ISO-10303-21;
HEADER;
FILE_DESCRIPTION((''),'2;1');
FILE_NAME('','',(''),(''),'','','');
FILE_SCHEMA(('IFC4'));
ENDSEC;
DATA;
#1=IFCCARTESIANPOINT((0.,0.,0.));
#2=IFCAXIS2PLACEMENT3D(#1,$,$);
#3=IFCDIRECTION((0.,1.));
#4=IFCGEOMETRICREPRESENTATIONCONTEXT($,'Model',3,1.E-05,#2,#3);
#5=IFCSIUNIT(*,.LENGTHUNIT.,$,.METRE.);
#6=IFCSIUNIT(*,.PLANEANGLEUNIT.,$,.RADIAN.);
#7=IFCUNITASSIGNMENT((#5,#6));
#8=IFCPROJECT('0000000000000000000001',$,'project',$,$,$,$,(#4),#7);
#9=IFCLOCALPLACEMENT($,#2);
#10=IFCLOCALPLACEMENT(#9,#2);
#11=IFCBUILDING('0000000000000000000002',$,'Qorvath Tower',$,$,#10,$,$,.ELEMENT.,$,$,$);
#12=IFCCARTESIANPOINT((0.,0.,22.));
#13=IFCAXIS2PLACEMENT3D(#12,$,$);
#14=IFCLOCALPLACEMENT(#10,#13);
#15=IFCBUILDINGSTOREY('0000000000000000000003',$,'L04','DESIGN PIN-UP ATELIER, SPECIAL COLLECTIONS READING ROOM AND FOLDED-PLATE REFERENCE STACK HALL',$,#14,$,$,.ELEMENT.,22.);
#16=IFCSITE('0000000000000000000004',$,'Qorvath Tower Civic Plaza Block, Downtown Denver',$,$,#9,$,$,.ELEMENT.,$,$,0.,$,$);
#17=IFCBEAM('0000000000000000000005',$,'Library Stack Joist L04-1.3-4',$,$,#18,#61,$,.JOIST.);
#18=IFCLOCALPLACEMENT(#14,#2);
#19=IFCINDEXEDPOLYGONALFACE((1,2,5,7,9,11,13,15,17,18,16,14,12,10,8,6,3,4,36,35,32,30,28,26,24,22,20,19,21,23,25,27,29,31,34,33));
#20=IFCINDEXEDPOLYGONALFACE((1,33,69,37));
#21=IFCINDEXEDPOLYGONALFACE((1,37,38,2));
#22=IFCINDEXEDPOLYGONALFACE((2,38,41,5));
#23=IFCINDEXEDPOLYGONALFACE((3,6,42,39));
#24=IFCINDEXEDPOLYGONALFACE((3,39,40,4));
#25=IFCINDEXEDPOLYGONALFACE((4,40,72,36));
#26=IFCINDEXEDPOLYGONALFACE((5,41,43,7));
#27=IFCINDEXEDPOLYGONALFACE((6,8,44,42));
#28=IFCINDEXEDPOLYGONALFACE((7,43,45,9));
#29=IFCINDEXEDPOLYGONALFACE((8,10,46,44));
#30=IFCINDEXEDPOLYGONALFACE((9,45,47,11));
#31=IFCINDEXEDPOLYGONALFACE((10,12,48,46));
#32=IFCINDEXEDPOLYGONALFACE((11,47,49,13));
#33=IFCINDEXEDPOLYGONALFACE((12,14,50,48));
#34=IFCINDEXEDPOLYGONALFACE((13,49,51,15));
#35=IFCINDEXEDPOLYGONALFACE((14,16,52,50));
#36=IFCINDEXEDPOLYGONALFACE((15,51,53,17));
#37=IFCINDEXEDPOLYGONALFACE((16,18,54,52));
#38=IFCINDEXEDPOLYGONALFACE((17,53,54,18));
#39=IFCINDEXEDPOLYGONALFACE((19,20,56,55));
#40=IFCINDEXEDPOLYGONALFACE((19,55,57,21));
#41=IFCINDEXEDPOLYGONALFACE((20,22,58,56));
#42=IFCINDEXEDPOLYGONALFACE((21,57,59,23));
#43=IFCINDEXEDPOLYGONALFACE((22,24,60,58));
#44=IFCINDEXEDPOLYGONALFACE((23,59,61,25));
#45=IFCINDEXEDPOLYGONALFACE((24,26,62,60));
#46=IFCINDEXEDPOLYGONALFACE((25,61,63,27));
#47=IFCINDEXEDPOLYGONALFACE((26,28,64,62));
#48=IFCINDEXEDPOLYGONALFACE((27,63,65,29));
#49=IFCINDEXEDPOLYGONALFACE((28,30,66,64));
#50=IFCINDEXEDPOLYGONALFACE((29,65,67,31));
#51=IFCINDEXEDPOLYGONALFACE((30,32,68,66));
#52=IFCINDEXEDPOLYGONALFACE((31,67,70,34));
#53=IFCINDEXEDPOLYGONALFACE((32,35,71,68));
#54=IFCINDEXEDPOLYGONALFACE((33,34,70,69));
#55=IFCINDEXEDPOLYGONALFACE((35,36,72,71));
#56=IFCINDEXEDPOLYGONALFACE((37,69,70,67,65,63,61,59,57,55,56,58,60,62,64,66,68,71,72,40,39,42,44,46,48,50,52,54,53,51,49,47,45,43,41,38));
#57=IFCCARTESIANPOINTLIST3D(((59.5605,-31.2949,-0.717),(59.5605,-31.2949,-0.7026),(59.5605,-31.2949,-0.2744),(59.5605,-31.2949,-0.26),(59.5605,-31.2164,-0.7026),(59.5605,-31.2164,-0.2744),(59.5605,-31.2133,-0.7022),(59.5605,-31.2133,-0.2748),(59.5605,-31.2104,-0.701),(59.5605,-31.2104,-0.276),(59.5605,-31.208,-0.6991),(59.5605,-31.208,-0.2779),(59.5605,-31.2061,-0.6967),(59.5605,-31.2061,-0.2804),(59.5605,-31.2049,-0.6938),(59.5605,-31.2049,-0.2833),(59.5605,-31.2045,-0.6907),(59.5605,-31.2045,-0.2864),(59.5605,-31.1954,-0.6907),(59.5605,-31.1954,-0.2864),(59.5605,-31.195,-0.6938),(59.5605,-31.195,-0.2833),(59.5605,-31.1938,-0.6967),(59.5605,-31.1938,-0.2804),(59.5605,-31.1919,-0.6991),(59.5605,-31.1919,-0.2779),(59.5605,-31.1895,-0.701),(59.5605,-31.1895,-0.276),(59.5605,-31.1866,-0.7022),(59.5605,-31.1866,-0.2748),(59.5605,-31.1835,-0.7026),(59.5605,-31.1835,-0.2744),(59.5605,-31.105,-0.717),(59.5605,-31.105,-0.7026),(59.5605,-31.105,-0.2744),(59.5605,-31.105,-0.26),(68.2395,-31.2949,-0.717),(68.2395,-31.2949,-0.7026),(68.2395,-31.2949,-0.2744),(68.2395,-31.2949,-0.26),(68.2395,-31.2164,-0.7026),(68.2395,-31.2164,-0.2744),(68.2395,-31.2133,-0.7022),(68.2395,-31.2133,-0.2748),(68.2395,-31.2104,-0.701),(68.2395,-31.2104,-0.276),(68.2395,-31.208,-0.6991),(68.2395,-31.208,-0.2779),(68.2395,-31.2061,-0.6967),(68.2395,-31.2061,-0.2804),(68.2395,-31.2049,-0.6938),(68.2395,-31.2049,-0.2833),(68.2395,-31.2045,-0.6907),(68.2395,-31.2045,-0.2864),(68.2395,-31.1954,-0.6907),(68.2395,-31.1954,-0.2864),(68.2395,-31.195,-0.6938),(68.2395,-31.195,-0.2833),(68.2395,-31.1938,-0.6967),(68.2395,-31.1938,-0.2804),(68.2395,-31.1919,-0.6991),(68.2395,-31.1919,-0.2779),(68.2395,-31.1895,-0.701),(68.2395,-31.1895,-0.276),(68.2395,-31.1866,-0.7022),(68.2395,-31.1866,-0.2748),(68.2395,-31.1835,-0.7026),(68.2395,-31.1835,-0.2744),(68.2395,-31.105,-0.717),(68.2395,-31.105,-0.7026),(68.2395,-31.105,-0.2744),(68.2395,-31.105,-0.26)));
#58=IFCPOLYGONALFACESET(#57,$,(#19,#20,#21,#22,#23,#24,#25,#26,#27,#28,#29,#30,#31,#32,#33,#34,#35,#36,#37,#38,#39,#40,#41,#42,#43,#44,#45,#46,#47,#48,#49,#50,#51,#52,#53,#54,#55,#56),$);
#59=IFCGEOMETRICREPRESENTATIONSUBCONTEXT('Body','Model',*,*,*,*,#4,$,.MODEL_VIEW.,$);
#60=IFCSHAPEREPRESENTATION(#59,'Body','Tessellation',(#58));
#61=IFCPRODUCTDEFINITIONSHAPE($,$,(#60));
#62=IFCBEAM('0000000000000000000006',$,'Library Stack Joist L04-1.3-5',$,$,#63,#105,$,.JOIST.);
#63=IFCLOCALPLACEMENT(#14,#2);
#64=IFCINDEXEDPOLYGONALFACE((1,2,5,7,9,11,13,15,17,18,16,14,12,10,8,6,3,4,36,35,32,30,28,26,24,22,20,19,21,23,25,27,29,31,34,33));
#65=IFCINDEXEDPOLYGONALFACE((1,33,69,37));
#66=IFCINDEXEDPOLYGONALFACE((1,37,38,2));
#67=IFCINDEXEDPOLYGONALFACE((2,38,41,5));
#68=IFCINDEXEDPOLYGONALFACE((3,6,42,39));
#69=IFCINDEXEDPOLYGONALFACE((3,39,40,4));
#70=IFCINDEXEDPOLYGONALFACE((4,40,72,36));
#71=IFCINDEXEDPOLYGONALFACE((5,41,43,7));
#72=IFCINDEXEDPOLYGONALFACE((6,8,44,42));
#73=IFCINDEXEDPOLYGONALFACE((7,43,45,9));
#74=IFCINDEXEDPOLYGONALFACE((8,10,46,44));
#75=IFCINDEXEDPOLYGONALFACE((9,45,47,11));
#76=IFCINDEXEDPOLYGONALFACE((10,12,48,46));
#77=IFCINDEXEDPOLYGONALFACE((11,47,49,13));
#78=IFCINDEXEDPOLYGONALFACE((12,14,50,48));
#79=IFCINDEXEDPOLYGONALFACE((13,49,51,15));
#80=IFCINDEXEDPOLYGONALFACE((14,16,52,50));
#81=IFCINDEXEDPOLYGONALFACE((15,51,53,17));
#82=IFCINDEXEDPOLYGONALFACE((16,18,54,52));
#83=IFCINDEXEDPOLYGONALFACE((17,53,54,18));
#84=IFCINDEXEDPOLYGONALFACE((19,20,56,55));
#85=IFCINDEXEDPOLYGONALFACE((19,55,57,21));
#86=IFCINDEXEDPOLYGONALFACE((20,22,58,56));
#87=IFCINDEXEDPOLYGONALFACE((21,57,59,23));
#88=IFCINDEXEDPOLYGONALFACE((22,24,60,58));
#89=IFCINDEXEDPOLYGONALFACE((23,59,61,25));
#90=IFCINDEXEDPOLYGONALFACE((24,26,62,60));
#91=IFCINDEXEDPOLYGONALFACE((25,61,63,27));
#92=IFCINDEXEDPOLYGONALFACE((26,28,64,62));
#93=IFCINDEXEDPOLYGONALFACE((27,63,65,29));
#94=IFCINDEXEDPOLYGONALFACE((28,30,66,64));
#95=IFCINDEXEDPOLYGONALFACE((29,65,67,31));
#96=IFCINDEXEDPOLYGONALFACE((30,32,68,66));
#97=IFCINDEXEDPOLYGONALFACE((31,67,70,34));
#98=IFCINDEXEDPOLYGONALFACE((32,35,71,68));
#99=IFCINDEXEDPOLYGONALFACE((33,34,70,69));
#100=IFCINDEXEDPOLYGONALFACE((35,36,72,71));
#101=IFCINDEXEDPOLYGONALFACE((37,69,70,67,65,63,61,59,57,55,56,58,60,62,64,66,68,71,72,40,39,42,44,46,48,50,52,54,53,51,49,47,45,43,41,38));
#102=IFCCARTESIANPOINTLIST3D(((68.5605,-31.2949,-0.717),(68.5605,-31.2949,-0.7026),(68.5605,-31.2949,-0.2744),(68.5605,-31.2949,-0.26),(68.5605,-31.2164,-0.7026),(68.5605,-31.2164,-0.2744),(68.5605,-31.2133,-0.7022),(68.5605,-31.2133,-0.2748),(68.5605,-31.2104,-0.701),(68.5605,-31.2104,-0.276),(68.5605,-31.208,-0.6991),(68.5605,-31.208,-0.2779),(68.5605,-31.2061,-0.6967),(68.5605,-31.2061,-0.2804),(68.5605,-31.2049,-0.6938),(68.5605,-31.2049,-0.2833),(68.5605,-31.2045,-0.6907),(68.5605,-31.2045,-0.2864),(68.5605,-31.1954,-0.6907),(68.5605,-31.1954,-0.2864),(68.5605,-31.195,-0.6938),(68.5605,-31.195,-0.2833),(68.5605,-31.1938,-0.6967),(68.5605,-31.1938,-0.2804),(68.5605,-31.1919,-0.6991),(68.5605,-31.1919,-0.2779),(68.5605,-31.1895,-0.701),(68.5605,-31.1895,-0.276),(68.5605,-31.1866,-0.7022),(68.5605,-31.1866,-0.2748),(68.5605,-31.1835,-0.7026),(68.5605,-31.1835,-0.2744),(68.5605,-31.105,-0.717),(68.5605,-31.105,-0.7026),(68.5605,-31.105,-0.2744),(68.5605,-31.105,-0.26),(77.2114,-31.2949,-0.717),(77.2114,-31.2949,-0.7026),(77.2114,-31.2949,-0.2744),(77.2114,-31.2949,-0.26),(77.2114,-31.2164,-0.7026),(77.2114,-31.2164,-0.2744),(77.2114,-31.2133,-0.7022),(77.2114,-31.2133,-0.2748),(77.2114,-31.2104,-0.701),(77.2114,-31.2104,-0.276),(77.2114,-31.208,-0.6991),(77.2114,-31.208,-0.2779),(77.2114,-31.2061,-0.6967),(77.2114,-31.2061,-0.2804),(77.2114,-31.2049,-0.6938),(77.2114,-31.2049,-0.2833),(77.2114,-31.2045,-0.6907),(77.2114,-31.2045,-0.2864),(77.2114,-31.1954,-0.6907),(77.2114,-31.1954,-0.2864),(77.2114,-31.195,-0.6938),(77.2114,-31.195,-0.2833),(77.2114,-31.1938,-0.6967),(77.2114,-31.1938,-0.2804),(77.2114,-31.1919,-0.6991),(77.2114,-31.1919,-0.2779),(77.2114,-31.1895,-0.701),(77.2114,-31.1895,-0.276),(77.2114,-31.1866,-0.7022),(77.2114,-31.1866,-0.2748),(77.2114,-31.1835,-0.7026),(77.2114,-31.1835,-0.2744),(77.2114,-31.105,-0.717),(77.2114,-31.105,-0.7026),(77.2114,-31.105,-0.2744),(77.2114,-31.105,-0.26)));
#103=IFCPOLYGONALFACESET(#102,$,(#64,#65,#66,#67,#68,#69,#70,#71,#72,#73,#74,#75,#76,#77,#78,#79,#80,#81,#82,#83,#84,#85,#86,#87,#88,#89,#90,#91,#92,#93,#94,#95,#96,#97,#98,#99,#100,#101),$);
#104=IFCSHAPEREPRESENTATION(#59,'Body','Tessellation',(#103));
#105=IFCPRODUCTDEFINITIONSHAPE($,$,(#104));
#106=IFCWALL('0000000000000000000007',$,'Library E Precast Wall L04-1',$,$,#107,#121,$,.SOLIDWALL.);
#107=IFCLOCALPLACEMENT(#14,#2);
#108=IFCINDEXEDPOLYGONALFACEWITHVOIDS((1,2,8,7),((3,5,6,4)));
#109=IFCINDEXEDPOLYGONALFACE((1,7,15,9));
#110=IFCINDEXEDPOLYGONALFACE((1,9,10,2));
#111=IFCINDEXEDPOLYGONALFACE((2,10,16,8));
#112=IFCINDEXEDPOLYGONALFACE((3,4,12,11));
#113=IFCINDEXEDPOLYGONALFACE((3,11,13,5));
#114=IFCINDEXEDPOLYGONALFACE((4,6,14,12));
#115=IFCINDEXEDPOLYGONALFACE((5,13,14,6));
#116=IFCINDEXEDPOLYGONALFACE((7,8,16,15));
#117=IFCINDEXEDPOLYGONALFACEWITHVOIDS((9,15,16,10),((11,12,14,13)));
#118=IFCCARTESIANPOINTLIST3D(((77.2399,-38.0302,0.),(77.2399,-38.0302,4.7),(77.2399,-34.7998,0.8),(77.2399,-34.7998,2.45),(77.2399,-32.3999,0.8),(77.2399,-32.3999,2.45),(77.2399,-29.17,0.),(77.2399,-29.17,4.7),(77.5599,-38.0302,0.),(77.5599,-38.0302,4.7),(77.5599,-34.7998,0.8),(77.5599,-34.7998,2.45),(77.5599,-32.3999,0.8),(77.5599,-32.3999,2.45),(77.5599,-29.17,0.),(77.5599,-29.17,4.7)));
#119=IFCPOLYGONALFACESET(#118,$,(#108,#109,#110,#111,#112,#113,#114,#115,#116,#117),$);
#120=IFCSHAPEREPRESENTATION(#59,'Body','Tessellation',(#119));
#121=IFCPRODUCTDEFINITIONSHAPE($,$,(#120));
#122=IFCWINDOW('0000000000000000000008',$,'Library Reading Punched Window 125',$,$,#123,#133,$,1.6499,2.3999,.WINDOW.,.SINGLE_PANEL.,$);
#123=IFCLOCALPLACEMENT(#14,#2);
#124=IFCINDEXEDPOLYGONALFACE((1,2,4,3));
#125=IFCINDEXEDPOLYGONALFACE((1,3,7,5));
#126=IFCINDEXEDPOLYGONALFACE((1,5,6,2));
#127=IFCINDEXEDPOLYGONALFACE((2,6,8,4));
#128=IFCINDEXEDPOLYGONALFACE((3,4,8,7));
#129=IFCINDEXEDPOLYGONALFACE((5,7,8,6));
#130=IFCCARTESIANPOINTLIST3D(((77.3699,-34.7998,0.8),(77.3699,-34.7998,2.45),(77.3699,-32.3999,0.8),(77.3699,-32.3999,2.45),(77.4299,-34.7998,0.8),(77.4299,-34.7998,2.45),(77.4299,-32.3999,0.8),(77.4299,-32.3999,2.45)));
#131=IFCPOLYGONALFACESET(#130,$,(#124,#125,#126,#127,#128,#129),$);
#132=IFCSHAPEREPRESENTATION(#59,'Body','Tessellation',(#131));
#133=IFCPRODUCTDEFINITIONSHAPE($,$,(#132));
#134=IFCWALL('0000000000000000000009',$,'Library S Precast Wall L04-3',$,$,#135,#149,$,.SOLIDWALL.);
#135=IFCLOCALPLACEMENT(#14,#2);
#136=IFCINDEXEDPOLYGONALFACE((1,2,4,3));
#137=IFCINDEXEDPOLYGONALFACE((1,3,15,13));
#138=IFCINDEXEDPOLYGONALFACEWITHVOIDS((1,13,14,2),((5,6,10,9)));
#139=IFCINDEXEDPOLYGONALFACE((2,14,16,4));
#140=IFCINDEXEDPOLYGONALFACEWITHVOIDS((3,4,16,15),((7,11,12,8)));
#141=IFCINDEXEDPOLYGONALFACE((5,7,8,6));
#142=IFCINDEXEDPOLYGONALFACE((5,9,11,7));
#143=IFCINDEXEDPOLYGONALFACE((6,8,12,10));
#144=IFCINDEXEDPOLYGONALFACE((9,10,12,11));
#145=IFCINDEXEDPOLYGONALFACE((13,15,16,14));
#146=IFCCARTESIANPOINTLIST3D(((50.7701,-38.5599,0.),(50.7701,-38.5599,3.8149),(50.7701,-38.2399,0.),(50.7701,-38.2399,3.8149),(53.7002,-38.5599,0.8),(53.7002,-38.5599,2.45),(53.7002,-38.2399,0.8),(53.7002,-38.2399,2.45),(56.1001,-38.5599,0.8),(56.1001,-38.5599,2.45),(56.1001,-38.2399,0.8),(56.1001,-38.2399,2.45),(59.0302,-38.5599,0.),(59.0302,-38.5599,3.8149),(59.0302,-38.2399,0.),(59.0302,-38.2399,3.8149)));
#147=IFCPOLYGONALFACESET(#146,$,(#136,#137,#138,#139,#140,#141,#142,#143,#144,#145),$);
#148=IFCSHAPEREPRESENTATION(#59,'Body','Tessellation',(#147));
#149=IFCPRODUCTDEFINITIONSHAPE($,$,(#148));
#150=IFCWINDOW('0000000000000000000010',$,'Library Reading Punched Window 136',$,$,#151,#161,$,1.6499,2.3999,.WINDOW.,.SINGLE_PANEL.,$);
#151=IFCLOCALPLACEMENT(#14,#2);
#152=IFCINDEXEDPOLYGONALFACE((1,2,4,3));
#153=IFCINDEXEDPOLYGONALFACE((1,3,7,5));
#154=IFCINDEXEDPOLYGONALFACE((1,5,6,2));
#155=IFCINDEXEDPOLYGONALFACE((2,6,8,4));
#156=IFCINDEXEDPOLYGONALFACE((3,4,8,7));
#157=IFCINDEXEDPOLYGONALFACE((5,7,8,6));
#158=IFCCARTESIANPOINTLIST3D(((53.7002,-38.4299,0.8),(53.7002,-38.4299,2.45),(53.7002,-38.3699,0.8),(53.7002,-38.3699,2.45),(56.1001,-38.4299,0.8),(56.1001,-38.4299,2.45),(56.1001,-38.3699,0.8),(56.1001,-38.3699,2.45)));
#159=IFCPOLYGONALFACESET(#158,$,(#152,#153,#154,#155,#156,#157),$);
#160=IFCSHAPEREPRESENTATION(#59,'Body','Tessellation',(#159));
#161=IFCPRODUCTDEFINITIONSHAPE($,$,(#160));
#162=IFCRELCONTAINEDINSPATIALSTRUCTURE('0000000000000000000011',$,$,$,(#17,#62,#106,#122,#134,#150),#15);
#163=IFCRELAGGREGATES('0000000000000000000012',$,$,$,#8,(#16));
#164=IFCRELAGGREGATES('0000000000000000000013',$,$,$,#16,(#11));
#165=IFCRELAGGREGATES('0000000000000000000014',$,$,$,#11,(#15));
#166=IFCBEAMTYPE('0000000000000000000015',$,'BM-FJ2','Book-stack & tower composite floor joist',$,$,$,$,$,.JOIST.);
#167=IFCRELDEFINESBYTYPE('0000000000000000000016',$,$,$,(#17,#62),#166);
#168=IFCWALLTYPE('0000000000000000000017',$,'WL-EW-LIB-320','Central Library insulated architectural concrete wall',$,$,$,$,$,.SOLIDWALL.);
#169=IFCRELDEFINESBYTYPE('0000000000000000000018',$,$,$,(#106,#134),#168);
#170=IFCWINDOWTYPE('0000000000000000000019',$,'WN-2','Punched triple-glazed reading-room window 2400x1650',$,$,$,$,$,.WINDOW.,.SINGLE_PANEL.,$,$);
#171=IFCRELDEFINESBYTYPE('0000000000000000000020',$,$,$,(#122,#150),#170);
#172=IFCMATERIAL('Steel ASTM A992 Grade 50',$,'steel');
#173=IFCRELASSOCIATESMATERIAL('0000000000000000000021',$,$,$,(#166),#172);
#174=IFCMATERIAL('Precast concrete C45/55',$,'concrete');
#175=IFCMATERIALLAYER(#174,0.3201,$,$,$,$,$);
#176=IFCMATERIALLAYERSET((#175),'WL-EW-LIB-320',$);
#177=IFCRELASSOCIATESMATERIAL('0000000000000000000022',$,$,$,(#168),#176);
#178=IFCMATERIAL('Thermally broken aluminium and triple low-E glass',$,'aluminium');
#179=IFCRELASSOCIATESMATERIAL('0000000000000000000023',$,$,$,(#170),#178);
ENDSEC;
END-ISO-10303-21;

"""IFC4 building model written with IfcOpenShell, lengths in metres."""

from ifc_helpers import new_model, si_unit, direction, frame, frame_2d, origin, origin_2d, place, context, subcontext, project, spatial, rectangle, i_section, extrude, material, layer, layer_set, material_profile, profile_set, type_object, element, fill, save


model = new_model("IFC4")

# Units and contexts
model_context = context("Model", 3, precision=1e-05, world=origin(), true_north=direction((0.0, 1.0)))
body_context = subcontext(model_context, "Body", "Model", "MODEL_VIEW")
ifc_project = project(units=[si_unit("LENGTHUNIT", "METRE"), si_unit("PLANEANGLEUNIT", "RADIAN")], contexts=[model_context])

# Site, building, storey
site_placement = place(None, origin())
site = spatial("IfcSite", under=ifc_project, at=site_placement, Name="Qorvath Tower Civic Plaza Block, Downtown Denver", CompositionType="ELEMENT", RefElevation=0.0)
building_placement = place(site_placement, origin())
building = spatial("IfcBuilding", under=site, at=building_placement, Name="Qorvath Tower", CompositionType="ELEMENT")
storey_placement = place(building_placement, frame((0.0, 0.0, 22.0)))
storey = spatial("IfcBuildingStorey", under=building, at=storey_placement, Name="L04", Description="DESIGN PIN-UP ATELIER, SPECIAL COLLECTIONS READING ROOM AND FOLDED-PLATE REFERENCE STACK HALL", CompositionType="ELEMENT", Elevation=22.0)

# Beams
ifc_material_1 = material(Name="Steel ASTM A992 Grade 50", Category="steel")
ifc_material_profile_1 = material_profile(ifc_material_1, i_section(OverallWidth=0.1899, OverallDepth=0.457, WebThickness=0.009, FlangeThickness=0.0144, FilletRadius=0.012, at=origin_2d()), Name="W18x50")
ifc_profile_set_1 = profile_set([ifc_material_profile_1], Name="Steel ASTM A992 Grade 50")
beam_type_1 = type_object("IfcBeamType", Name="BM-FJ2", Description="Book-stack & tower composite floor joist", PredefinedType="JOIST", material=ifc_profile_set_1)
beam_1_placement = place(storey_placement, frame((59.5605, -31.2, -0.4885), z_axis=(1.0, 0.0, 0.0), x_axis=(0.0, 1.0, 0.0)))
element("IfcBeam", 1, at=beam_1_placement, inside=storey, type_object=beam_type_1, Name="Library Stack Joist L04-1.3-4", PredefinedType="JOIST", context=body_context, shape_type="SweptSolid", body=[
    extrude(i_section(OverallWidth=0.1899, OverallDepth=0.457, WebThickness=0.009, FlangeThickness=0.0144, FilletRadius=0.012, at=origin_2d()), origin(), (0.0, 0.0, 1.0), 8.679),
])
beam_2_placement = place(storey_placement, frame((68.5605, -31.2, -0.4885), z_axis=(1.0, 0.0, 0.0), x_axis=(0.0, 1.0, 0.0)))
element("IfcBeam", 2, at=beam_2_placement, inside=storey, type_object=beam_type_1, Name="Library Stack Joist L04-1.3-5", PredefinedType="JOIST", context=body_context, shape_type="SweptSolid", body=[
    extrude(i_section(OverallWidth=0.1899, OverallDepth=0.457, WebThickness=0.009, FlangeThickness=0.0144, FilletRadius=0.012, at=origin_2d()), origin(), (0.0, 0.0, 1.0), 8.6509),
])

# Walls, openings, windows
ifc_material_2 = material(Name="Precast concrete C45/55", Category="concrete")
ifc_layer = layer(ifc_material_2, 0.3201)
ifc_layer_set = layer_set([ifc_layer], Name="WL-EW-LIB-320")
wall_type = type_object("IfcWallType", Name="WL-EW-LIB-320", Description="Central Library insulated architectural concrete wall", PredefinedType="SOLIDWALL", material=ifc_layer_set)
wall_1_placement = place(storey_placement, frame((77.3999, -29.1699, 0.0), z_axis=(0.0, 0.0, 1.0), x_axis=(0.0, -1.0, 0.0)))
wall_1 = element("IfcWall", 3, at=wall_1_placement, inside=storey, type_object=wall_type, Name="Library E Precast Wall L04-1", PredefinedType="SOLIDWALL", context=body_context, shape_type="SweptSolid", body=[
    extrude(rectangle(XDim=8.8601, YDim=0.3201, at=frame_2d((4.4302, 0.0))), origin(), (0.0, 0.0, 1.0), 4.7),
])
opening_1_placement = place(wall_1_placement, frame((3.23, 0.0, 0.8)))
opening_1 = element("IfcOpeningElement", 4, at=opening_1_placement, cuts=wall_1, PredefinedType="OPENING", context=body_context, shape_type="SweptSolid", body=[
    extrude(rectangle(XDim=2.3999, YDim=1.6499, at=frame_2d((1.2, 0.825))), frame((0.0, 0.1699, 0.0), z_axis=(0.0, -1.0, 0.0), x_axis=(1.0, 0.0, 0.0)), (0.0, 0.0, 1.0), 0.3401),
])
ifc_material_3 = material(Name="Thermally broken aluminium and triple low-E glass", Category="aluminium")
window_type = type_object("IfcWindowType", Name="WN-2", Description="Punched triple-glazed reading-room window 2400x1650", PartitioningType="SINGLE_PANEL", PredefinedType="WINDOW", material=ifc_material_3)
window_1_placement = place(opening_1_placement, origin())
window_1 = element("IfcWindow", 5, at=window_1_placement, inside=storey, type_object=window_type, Name="Library Reading Punched Window 125", OverallHeight=1.6499, OverallWidth=2.3999, PartitioningType="SINGLE_PANEL", PredefinedType="WINDOW", context=body_context, shape_type="SweptSolid", body=[
    extrude(rectangle(XDim=2.3999, YDim=1.6499, at=frame_2d((1.2, 0.825))), frame((0.0, 0.03, 0.0), z_axis=(0.0, -1.0, 0.0), x_axis=(1.0, 0.0, 0.0)), (0.0, 0.0, 1.0), 0.0601),
])
fill(opening_1, window_1)
wall_2_placement = place(storey_placement, frame((59.03, -38.3999, 0.0), z_axis=(0.0, 0.0, 1.0), x_axis=(-1.0, 0.0, 0.0)))
wall_2 = element("IfcWall", 6, at=wall_2_placement, inside=storey, type_object=wall_type, Name="Library S Precast Wall L04-3", PredefinedType="SOLIDWALL", context=body_context, shape_type="SweptSolid", body=[
    extrude(rectangle(XDim=8.26, YDim=0.3201, at=frame_2d((4.1299, 0.0))), origin(), (0.0, 0.0, 1.0), 3.8149),
])
opening_2_placement = place(wall_2_placement, frame((2.9299, 0.0, 0.8)))
opening_2 = element("IfcOpeningElement", 7, at=opening_2_placement, cuts=wall_2, PredefinedType="OPENING", context=body_context, shape_type="SweptSolid", body=[
    extrude(rectangle(XDim=2.3999, YDim=1.6499, at=frame_2d((1.2, 0.825))), frame((0.0, 0.1699, 0.0), z_axis=(0.0, -1.0, 0.0), x_axis=(1.0, 0.0, 0.0)), (0.0, 0.0, 1.0), 0.3401),
])
window_2_placement = place(opening_2_placement, origin())
window_2 = element("IfcWindow", 8, at=window_2_placement, inside=storey, type_object=window_type, Name="Library Reading Punched Window 136", OverallHeight=1.6499, OverallWidth=2.3999, PartitioningType="SINGLE_PANEL", PredefinedType="WINDOW", context=body_context, shape_type="SweptSolid", body=[
    extrude(rectangle(XDim=2.3999, YDim=1.6499, at=frame_2d((1.2, 0.825))), frame((0.0, 0.03, 0.0), z_axis=(0.0, -1.0, 0.0), x_axis=(1.0, 0.0, 0.0)), (0.0, 0.0, 1.0), 0.0601),
])
fill(opening_2, window_2)

save(model, "model.ifc")
